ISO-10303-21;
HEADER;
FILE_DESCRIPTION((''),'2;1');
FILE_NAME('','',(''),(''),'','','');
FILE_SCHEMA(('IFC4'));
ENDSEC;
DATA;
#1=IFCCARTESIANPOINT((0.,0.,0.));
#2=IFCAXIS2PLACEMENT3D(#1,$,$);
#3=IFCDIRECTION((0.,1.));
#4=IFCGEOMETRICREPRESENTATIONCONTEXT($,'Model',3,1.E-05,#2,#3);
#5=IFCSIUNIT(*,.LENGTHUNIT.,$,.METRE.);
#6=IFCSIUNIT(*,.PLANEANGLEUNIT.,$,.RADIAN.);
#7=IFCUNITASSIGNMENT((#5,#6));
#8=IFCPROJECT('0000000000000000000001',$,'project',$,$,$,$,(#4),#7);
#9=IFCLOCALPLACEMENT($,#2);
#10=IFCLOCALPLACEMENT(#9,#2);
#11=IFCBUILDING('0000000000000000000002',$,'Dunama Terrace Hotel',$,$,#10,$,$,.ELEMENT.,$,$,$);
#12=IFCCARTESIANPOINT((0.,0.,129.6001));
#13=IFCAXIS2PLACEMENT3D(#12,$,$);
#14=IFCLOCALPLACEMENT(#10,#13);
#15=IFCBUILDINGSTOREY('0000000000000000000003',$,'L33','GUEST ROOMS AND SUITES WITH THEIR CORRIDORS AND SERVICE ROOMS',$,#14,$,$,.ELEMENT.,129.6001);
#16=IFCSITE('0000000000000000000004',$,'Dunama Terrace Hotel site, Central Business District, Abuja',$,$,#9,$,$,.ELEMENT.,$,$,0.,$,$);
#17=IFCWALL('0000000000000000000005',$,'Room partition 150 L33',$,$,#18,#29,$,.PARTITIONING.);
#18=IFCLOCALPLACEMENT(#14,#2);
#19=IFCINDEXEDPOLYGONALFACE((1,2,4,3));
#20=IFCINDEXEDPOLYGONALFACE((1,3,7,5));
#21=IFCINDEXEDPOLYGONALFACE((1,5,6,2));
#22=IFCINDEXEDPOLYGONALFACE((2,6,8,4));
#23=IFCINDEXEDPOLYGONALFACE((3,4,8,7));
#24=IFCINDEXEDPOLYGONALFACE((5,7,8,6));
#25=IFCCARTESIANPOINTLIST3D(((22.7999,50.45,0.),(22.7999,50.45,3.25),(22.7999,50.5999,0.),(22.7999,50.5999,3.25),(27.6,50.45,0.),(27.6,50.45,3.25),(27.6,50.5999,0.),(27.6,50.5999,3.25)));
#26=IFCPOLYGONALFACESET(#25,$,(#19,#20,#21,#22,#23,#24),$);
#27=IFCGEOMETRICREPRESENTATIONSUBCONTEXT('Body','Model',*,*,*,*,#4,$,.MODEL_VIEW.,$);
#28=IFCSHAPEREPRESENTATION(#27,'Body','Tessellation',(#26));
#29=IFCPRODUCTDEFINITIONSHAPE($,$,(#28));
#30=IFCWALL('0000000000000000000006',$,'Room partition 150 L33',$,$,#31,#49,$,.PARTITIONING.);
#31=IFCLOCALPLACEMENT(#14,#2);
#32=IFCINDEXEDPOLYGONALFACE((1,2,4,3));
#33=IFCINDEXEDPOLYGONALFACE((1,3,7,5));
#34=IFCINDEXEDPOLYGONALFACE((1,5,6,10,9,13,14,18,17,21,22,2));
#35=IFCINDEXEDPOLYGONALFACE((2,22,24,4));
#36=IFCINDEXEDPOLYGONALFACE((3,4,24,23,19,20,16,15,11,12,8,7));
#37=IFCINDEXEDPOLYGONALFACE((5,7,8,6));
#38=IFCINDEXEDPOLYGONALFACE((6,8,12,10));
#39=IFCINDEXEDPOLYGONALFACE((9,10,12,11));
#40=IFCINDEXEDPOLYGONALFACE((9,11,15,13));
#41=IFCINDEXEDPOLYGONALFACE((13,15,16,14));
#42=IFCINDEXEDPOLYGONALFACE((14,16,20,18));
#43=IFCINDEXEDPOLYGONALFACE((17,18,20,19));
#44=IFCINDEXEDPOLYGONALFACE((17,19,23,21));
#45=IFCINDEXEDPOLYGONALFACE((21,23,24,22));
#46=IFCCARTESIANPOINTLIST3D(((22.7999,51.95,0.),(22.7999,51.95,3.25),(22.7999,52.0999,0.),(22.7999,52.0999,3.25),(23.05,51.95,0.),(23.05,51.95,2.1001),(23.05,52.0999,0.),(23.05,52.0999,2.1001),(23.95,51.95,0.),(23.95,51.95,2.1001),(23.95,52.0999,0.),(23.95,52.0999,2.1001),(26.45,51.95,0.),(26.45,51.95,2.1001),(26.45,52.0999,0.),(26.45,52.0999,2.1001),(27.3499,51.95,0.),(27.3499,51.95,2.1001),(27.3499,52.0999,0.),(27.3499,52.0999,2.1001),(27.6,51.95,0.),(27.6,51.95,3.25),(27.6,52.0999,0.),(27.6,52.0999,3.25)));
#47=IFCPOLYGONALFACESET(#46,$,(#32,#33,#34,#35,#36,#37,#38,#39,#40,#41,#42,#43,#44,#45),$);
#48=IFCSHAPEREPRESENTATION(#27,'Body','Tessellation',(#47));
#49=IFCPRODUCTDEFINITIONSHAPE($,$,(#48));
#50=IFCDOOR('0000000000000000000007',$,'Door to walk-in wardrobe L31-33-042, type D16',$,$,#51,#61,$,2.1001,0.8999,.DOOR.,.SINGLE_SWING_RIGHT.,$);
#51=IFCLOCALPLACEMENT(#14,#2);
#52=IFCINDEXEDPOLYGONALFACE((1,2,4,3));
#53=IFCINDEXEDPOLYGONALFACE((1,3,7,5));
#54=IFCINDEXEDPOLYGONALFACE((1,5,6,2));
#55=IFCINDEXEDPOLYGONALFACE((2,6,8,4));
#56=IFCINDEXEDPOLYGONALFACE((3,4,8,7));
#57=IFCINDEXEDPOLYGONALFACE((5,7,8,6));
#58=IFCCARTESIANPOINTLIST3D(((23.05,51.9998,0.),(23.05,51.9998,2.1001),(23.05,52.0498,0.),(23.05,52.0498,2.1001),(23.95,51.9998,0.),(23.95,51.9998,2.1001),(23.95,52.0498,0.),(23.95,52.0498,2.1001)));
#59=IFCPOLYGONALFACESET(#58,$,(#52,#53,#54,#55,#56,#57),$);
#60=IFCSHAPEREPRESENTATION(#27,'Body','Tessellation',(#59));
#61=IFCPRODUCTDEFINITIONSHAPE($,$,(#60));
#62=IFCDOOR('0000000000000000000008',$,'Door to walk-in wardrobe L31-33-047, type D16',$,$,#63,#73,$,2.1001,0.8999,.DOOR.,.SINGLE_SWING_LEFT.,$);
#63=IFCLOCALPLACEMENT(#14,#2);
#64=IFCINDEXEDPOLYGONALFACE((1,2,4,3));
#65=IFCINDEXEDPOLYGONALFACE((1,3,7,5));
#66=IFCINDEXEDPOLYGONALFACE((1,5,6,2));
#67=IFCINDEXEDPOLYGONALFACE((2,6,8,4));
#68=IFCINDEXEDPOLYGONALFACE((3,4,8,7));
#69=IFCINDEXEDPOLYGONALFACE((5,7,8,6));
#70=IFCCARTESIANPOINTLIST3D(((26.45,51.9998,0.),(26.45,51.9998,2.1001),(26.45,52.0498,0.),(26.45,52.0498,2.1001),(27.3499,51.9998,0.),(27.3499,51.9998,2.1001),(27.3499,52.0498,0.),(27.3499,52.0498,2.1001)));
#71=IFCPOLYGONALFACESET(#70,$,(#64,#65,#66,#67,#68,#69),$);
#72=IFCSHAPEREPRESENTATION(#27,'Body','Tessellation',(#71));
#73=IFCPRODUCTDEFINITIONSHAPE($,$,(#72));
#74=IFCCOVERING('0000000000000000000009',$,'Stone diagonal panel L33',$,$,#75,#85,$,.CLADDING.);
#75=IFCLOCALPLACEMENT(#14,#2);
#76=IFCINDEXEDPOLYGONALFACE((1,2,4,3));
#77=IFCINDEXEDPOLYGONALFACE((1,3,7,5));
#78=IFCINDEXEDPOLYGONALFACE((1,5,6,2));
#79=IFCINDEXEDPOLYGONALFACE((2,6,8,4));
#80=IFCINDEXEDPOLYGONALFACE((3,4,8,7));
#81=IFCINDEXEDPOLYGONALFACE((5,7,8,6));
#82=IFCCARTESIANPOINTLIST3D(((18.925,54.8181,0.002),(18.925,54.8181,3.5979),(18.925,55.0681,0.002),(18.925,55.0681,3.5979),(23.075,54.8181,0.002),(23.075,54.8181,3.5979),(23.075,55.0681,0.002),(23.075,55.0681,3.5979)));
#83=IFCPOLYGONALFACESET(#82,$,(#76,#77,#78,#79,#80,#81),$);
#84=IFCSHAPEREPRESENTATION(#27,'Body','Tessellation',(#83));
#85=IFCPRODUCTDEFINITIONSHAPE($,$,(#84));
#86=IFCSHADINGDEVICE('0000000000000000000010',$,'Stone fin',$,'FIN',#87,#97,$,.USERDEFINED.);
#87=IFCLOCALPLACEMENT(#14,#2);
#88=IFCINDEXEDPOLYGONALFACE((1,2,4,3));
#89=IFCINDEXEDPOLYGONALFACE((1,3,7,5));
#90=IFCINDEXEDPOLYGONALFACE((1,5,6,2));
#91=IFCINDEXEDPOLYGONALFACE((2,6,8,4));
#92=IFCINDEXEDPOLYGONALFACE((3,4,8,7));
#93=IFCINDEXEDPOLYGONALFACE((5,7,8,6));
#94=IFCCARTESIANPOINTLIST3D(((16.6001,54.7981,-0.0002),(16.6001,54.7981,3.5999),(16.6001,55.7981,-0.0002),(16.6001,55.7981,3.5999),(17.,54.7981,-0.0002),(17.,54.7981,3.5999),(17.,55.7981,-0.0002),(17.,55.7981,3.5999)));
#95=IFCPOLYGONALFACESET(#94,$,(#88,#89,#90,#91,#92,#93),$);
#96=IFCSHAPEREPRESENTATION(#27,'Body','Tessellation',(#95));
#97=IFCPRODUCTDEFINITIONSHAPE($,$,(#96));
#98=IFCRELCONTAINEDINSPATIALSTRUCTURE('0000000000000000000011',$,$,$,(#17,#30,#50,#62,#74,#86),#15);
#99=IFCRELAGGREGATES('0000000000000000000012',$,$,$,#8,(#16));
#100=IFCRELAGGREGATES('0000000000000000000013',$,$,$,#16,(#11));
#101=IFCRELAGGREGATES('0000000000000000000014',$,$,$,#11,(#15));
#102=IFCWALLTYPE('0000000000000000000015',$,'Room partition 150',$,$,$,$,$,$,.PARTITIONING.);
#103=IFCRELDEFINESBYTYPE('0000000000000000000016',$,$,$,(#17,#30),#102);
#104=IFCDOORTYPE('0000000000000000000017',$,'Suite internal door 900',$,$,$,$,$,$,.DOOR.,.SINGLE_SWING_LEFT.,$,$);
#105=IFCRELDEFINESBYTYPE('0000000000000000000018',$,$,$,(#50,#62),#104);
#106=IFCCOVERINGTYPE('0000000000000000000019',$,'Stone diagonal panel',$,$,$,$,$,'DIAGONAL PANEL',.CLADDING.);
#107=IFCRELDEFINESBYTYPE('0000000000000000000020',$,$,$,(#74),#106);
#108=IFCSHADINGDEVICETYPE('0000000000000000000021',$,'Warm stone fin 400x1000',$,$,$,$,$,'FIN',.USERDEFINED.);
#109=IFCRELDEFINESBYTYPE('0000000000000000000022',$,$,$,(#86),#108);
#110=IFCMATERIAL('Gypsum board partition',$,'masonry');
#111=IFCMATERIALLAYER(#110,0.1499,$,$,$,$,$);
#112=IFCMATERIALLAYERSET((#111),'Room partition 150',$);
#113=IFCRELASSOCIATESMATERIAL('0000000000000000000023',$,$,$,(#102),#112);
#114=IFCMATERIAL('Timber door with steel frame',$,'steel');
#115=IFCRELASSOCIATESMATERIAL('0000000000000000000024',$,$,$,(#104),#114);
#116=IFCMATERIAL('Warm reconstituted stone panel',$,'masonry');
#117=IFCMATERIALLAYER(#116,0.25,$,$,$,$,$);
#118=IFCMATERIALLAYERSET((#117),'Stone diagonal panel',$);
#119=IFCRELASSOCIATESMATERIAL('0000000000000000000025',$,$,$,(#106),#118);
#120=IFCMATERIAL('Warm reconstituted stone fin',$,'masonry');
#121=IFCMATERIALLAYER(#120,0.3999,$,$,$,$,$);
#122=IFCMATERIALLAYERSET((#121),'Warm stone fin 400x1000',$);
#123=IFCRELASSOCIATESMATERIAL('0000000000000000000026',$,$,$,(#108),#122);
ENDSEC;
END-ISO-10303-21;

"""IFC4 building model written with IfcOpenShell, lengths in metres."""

from ifc_helpers import new_model, si_unit, direction, frame, frame_2d, origin, origin_2d, place, context, subcontext, project, spatial, rectangle, extrude, material, layer, layer_set, type_object, element, fill, save


model = new_model("IFC4")

# Units and contexts
model_context = context("Model", 3, precision=1e-05, world=origin(), true_north=direction((0.0, 1.0)))
body_context = subcontext(model_context, "Body", "Model", "MODEL_VIEW")
ifc_project = project(units=[si_unit("LENGTHUNIT", "METRE"), si_unit("PLANEANGLEUNIT", "RADIAN")], contexts=[model_context])

# Site, building, storey
site_placement = place(None, origin())
site = spatial("IfcSite", under=ifc_project, at=site_placement, Name="Dunama Terrace Hotel site, Central Business District, Abuja", CompositionType="ELEMENT", RefElevation=0.0)
building_placement = place(site_placement, origin())
building = spatial("IfcBuilding", under=site, at=building_placement, Name="Dunama Terrace Hotel", CompositionType="ELEMENT")
storey_placement = place(building_placement, frame((0.0, 0.0, 129.6001)))
storey = spatial("IfcBuildingStorey", under=building, at=storey_placement, Name="L33", Description="GUEST ROOMS AND SUITES WITH THEIR CORRIDORS AND SERVICE ROOMS", CompositionType="ELEMENT", Elevation=129.6001)

# Wall
ifc_material_1 = material(Name="Gypsum board partition", Category="masonry")
ifc_layer_1 = layer(ifc_material_1, 0.1499)
ifc_layer_set_1 = layer_set([ifc_layer_1], Name="Room partition 150")
wall_type_1 = type_object("IfcWallType", Name="Room partition 150", PredefinedType="PARTITIONING", material=ifc_layer_set_1)
wall_1_placement = place(storey_placement, frame((22.8, 50.5249, 0.0), z_axis=(0.0, 0.0, 1.0), x_axis=(1.0, 0.0, 0.0)))
element("IfcWall", 1, at=wall_1_placement, inside=storey, type_object=wall_type_1, Name="Room partition 150 L33", PredefinedType="PARTITIONING", context=body_context, shape_type="SweptSolid", body=[
    extrude(rectangle(XDim=4.8, YDim=0.1499, at=frame_2d((2.3999, 0.0))), origin(), (0.0, 0.0, 1.0), 3.25),
])

# Wall, openings, doors
wall_2_placement = place(storey_placement, frame((22.8, 52.0249, 0.0), z_axis=(0.0, 0.0, 1.0), x_axis=(1.0, 0.0, 0.0)))
wall_2 = element("IfcWall", 2, at=wall_2_placement, inside=storey, type_object=wall_type_1, Name="Room partition 150 L33", PredefinedType="PARTITIONING", context=body_context, shape_type="SweptSolid", body=[
    extrude(rectangle(XDim=4.8, YDim=0.1499, at=frame_2d((2.3999, 0.0))), origin(), (0.0, 0.0, 1.0), 3.25),
])
opening_1_placement = place(wall_2_placement, frame((0.25, 0.0, 0.0)))
opening_1 = element("IfcOpeningElement", 3, at=opening_1_placement, cuts=wall_2, PredefinedType="OPENING", context=body_context, shape_type="SweptSolid", body=[
    extrude(rectangle(XDim=0.8999, YDim=2.1001, at=frame_2d((0.45, 1.05))), frame((0.0, 0.085, 0.0), z_axis=(0.0, -1.0, 0.0), x_axis=(1.0, 0.0, 0.0)), (0.0, 0.0, 1.0), 0.1699),
])
opening_2_placement = place(wall_2_placement, frame((3.6499, 0.0, 0.0)))
opening_2 = element("IfcOpeningElement", 4, at=opening_2_placement, cuts=wall_2, PredefinedType="OPENING", context=body_context, shape_type="SweptSolid", body=[
    extrude(rectangle(XDim=0.8999, YDim=2.1001, at=frame_2d((0.45, 1.05))), frame((0.0, 0.085, 0.0), z_axis=(0.0, -1.0, 0.0), x_axis=(1.0, 0.0, 0.0)), (0.0, 0.0, 1.0), 0.1699),
])
ifc_material_2 = material(Name="Timber door with steel frame", Category="steel")
door_type_1 = type_object("IfcDoorType", Name="Suite internal door 900", OperationType="SINGLE_SWING_LEFT", PredefinedType="DOOR", material=ifc_material_2)
door_1_placement = place(opening_1_placement, frame((0.8999, 0.0, 0.0), z_axis=(0.0, 0.0, 1.0), x_axis=(-1.0, 0.0, 0.0)))
door_1 = element("IfcDoor", 5, at=door_1_placement, inside=storey, type_object=door_type_1, Name="Door to walk-in wardrobe L31-33-042, type D16", OperationType="SINGLE_SWING_RIGHT", OverallHeight=2.1001, OverallWidth=0.8999, PredefinedType="DOOR", context=body_context, shape_type="SweptSolid", body=[
    extrude(rectangle(XDim=0.8999, YDim=2.1001, at=frame_2d((0.45, 1.05))), frame((0.0, 0.0251, 0.0), z_axis=(0.0, -1.0, 0.0), x_axis=(1.0, 0.0, 0.0)), (0.0, 0.0, 1.0), 0.05),
])
fill(opening_1, door_1)
door_2_placement = place(opening_2_placement, frame((0.8999, 0.0, 0.0), z_axis=(0.0, 0.0, 1.0), x_axis=(-1.0, 0.0, 0.0)))
door_2 = element("IfcDoor", 6, at=door_2_placement, inside=storey, type_object=door_type_1, Name="Door to walk-in wardrobe L31-33-047, type D16", OperationType="SINGLE_SWING_LEFT", OverallHeight=2.1001, OverallWidth=0.8999, PredefinedType="DOOR", context=body_context, shape_type="SweptSolid", body=[
    extrude(rectangle(XDim=0.8999, YDim=2.1001, at=frame_2d((0.45, 1.05))), frame((0.0, 0.0251, 0.0), z_axis=(0.0, -1.0, 0.0), x_axis=(1.0, 0.0, 0.0)), (0.0, 0.0, 1.0), 0.05),
])
fill(opening_2, door_2)

# Covering
ifc_material_3 = material(Name="Warm reconstituted stone panel", Category="masonry")
ifc_layer_2 = layer(ifc_material_3, 0.25)
ifc_layer_set_2 = layer_set([ifc_layer_2], Name="Stone diagonal panel")
covering_type = type_object("IfcCoveringType", Name="Stone diagonal panel", ElementType="DIAGONAL PANEL", PredefinedType="CLADDING", material=ifc_layer_set_2)
covering_placement = place(storey_placement, frame((21.0, 54.9431, 0.002), z_axis=(0.0, 0.0, 1.0), x_axis=(-1.0, 0.0, 0.0)))
element("IfcCovering", 7, at=covering_placement, inside=storey, type_object=covering_type, Name="Stone diagonal panel L33", PredefinedType="CLADDING", context=body_context, shape_type="SweptSolid", body=[
    extrude(rectangle(XDim=4.1499, YDim=0.25, at=origin_2d()), origin(), (0.0, 0.0, 1.0), 3.5959),
])

# Shading device
ifc_material_4 = material(Name="Warm reconstituted stone fin", Category="masonry")
ifc_layer_3 = layer(ifc_material_4, 0.3999)
ifc_layer_set_3 = layer_set([ifc_layer_3], Name="Warm stone fin 400x1000")
shading_device_type = type_object("IfcShadingDeviceType", Name="Warm stone fin 400x1000", ElementType="FIN", PredefinedType="USERDEFINED", material=ifc_layer_set_3)
shading_device_placement = place(storey_placement, frame((16.8, 55.2981, -0.0002), z_axis=(0.0, 0.0, 1.0), x_axis=(-1.0, 0.0, 0.0)))
element("IfcShadingDevice", 8, at=shading_device_placement, inside=storey, type_object=shading_device_type, Name="Stone fin", ObjectType="FIN", PredefinedType="USERDEFINED", context=body_context, shape_type="SweptSolid", body=[
    extrude(rectangle(XDim=0.3999, YDim=1.0, at=origin_2d()), origin(), (0.0, 0.0, 1.0), 3.6001),
])

save(model, "model.ifc")
